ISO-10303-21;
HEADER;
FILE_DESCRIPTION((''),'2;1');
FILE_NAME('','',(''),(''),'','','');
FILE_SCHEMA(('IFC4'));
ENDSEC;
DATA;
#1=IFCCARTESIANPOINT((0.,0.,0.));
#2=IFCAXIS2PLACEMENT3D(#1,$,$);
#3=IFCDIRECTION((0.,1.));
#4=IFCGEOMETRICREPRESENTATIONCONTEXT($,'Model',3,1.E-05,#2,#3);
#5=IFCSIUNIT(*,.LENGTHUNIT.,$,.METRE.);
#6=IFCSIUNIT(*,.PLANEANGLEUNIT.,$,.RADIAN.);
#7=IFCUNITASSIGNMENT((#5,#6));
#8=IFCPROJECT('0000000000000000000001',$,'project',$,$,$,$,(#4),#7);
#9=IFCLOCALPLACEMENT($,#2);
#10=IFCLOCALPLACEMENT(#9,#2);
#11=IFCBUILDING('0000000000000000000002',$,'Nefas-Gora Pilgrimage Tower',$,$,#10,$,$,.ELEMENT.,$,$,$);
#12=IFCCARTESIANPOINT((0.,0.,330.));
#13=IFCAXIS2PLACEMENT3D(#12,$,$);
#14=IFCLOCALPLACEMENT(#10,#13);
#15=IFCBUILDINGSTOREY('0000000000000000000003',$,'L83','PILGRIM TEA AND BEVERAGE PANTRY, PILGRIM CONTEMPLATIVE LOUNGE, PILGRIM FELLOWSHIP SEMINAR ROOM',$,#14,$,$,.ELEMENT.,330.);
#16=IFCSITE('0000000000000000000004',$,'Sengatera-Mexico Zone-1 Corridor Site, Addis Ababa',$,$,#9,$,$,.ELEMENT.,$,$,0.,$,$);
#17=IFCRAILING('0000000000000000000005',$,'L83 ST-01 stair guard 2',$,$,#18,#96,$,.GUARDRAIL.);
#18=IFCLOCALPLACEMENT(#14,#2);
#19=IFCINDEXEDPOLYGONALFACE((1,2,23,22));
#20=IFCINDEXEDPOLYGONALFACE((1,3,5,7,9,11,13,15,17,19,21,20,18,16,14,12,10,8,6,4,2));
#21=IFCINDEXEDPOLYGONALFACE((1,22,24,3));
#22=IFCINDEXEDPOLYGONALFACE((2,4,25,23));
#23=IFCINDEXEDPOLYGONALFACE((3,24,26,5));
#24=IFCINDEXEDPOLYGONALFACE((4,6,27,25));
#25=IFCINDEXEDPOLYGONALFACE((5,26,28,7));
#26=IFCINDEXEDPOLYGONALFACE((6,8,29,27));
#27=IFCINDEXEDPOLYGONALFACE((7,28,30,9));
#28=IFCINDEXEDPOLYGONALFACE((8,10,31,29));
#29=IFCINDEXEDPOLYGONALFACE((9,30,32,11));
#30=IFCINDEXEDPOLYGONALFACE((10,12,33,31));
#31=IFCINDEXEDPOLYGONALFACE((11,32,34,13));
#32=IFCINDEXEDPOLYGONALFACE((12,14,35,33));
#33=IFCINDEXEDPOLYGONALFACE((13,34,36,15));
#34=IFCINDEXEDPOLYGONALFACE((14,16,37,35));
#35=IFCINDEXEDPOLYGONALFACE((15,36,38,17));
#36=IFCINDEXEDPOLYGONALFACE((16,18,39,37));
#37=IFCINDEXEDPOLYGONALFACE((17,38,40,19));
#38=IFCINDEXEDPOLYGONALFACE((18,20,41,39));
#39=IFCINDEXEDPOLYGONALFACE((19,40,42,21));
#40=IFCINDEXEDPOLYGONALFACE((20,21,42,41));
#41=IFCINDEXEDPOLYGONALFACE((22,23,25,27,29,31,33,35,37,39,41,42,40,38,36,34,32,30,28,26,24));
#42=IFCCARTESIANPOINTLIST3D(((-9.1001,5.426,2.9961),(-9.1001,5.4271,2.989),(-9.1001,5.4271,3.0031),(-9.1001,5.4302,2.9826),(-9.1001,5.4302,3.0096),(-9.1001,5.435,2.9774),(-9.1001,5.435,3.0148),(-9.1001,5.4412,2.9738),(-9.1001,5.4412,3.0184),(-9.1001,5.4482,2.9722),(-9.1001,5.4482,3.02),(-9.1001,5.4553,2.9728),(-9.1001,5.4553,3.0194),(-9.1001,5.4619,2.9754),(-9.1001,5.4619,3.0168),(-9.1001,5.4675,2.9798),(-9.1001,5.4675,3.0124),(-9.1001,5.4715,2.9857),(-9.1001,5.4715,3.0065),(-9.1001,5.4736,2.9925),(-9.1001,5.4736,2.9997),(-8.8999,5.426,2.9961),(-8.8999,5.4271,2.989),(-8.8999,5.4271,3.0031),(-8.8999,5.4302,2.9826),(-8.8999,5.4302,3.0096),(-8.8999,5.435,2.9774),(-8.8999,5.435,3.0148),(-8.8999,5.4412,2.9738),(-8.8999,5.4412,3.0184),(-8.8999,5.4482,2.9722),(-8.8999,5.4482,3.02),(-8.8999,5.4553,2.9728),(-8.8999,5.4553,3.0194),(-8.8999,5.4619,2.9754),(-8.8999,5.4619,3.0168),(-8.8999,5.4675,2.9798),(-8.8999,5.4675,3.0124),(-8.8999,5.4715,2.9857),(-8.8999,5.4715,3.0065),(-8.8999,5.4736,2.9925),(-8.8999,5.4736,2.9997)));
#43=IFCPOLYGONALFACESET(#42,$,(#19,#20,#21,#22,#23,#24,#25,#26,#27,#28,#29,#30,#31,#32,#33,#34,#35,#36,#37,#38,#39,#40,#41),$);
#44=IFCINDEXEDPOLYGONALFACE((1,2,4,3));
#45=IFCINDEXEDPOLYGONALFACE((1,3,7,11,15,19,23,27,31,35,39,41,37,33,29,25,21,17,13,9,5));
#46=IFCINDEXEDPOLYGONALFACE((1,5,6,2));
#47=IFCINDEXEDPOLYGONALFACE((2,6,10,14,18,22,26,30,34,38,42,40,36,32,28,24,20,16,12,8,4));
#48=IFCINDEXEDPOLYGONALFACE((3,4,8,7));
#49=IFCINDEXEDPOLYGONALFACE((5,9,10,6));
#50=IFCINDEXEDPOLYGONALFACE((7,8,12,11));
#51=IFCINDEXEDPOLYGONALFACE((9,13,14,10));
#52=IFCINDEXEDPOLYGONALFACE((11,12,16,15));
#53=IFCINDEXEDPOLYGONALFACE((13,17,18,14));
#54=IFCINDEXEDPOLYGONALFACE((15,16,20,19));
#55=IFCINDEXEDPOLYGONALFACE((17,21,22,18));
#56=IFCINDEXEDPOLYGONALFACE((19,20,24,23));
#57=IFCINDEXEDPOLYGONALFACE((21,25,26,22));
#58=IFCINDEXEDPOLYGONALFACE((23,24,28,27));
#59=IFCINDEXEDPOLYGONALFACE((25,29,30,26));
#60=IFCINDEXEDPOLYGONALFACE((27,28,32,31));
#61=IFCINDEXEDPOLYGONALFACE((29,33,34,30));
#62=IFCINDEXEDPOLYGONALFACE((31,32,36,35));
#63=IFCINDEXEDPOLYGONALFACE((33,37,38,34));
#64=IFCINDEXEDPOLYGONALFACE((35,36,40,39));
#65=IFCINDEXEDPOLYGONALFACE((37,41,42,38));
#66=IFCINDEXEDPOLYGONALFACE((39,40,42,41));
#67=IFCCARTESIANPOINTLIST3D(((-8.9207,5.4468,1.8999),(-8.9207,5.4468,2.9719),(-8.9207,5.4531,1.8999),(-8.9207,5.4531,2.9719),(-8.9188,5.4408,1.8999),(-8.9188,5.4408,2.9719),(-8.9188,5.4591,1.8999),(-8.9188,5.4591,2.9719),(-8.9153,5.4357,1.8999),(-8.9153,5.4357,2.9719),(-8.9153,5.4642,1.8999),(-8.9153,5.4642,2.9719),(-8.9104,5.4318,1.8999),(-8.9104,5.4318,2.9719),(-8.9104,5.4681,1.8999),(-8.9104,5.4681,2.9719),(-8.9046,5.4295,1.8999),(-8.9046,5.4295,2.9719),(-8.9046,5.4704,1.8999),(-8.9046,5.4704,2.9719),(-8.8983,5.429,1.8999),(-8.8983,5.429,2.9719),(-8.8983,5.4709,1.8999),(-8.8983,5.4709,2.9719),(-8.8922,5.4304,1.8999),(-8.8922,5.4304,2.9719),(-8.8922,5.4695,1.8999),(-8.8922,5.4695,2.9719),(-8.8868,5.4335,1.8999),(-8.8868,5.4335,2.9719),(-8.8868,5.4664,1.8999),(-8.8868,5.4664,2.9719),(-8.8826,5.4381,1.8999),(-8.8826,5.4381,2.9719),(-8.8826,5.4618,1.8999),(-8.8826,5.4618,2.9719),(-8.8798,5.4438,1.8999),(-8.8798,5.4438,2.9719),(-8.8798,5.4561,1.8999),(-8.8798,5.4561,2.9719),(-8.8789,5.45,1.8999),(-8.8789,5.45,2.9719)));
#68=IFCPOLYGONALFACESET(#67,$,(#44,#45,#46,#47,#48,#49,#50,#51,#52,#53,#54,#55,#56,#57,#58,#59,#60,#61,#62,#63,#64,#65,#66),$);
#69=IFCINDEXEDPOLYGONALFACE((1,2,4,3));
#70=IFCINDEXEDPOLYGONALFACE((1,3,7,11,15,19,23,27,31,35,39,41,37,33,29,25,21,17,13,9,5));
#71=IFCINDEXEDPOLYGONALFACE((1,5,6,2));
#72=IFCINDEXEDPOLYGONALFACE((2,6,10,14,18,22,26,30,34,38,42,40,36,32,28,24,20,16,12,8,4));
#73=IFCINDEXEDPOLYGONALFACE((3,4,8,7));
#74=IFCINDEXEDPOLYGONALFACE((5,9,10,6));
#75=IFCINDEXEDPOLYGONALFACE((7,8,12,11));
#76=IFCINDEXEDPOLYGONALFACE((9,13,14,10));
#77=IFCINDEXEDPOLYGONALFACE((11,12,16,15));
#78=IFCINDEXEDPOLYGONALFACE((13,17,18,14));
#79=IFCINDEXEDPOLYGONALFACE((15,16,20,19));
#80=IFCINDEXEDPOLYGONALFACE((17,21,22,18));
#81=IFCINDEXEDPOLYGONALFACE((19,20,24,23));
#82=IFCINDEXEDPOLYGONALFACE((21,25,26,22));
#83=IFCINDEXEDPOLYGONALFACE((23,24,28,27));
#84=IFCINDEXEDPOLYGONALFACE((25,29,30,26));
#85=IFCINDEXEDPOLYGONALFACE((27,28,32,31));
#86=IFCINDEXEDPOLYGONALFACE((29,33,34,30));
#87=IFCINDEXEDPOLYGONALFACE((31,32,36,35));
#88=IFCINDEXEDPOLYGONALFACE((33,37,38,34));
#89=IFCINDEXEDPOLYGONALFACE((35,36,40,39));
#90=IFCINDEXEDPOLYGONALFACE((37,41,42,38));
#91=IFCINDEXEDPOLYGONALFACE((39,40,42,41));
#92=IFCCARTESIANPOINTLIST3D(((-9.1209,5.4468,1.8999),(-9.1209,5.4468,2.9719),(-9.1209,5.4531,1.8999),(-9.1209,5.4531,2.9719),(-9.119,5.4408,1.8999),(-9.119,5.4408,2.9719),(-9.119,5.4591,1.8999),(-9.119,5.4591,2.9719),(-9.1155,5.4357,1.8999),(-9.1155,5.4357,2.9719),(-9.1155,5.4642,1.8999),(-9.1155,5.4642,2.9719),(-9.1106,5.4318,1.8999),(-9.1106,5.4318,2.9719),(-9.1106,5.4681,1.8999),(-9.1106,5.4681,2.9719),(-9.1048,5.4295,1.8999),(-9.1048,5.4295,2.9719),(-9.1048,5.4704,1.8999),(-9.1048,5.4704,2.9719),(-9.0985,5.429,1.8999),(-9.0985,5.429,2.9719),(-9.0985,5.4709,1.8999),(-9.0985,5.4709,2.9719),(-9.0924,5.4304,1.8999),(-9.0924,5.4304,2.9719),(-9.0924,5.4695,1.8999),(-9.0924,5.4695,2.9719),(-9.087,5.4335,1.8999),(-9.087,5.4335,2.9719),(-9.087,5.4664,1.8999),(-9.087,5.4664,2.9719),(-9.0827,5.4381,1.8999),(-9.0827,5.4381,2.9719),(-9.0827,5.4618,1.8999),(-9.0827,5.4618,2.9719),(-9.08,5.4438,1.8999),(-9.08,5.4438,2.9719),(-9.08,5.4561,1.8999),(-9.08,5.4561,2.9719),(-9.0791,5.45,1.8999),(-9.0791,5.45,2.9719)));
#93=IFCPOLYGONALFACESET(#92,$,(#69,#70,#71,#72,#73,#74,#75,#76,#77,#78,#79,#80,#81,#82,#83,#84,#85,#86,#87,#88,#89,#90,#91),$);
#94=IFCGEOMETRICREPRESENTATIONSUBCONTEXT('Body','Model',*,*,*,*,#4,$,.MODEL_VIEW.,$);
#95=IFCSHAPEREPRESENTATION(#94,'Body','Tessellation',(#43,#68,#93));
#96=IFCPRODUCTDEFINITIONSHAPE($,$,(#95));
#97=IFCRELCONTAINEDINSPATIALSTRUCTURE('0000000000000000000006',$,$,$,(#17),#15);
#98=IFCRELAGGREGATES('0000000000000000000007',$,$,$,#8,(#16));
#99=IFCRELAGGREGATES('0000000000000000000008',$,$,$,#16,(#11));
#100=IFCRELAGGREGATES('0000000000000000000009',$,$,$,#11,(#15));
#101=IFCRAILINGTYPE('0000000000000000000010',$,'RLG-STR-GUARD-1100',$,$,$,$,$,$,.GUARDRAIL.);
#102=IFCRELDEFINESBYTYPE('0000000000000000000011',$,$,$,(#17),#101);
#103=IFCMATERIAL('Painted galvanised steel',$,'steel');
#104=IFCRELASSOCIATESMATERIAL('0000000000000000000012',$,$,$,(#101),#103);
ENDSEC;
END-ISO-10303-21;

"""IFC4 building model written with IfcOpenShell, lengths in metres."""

from ifc_helpers import new_model, si_unit, direction, frame, origin, origin_2d, place, context, subcontext, project, spatial, circle, extrude, material, type_object, element, save


model = new_model("IFC4")

# Units and contexts
model_context = context("Model", 3, precision=1e-05, world=origin(), true_north=direction((0.0, 1.0)))
body_context = subcontext(model_context, "Body", "Model", "MODEL_VIEW")
ifc_project = project(units=[si_unit("LENGTHUNIT", "METRE"), si_unit("PLANEANGLEUNIT", "RADIAN")], contexts=[model_context])

# Site, building, storey
site_placement = place(None, origin())
site = spatial("IfcSite", under=ifc_project, at=site_placement, Name="Sengatera-Mexico Zone-1 Corridor Site, Addis Ababa", CompositionType="ELEMENT", RefElevation=0.0)
building_placement = place(site_placement, origin())
building = spatial("IfcBuilding", under=site, at=building_placement, Name="Nefas-Gora Pilgrimage Tower", CompositionType="ELEMENT")
storey_placement = place(building_placement, frame((0.0, 0.0, 330.0)))
storey = spatial("IfcBuildingStorey", under=building, at=storey_placement, Name="L83", Description="PILGRIM TEA AND BEVERAGE PANTRY, PILGRIM CONTEMPLATIVE LOUNGE, PILGRIM FELLOWSHIP SEMINAR ROOM", CompositionType="ELEMENT", Elevation=330.0)

# Railing
ifc_material_1 = material(Name="Painted galvanised steel", Category="steel")
railing_type_1 = type_object("IfcRailingType", Name="RLG-STR-GUARD-1100", PredefinedType="GUARDRAIL", material=ifc_material_1)
railing_1_placement = place(storey_placement, frame((-8.8999, 5.45, 1.8999)))
element("IfcRailing", 1, at=railing_1_placement, inside=storey, type_object=railing_type_1, Name="L83 ST-01 stair guard 2", PredefinedType="GUARDRAIL", context=body_context, shape_type="SweptSolid", body=[
    extrude(circle(Radius=0.0239, at=origin_2d()), frame((0.0, 0.0, 1.0962), z_axis=(-1.0, 0.0, 0.0), x_axis=(0.0, -1.0, 0.0)), (0.0, 0.0, 1.0), 0.2002),
    extrude(circle(Radius=0.021, at=origin_2d()), origin(), (0.0, 0.0, 1.0), 1.072),
    extrude(circle(Radius=0.021, at=origin_2d()), frame((-0.2002, 0.0, 0.0)), (0.0, 0.0, 1.0), 1.072),
])

save(model, "model.ifc")
